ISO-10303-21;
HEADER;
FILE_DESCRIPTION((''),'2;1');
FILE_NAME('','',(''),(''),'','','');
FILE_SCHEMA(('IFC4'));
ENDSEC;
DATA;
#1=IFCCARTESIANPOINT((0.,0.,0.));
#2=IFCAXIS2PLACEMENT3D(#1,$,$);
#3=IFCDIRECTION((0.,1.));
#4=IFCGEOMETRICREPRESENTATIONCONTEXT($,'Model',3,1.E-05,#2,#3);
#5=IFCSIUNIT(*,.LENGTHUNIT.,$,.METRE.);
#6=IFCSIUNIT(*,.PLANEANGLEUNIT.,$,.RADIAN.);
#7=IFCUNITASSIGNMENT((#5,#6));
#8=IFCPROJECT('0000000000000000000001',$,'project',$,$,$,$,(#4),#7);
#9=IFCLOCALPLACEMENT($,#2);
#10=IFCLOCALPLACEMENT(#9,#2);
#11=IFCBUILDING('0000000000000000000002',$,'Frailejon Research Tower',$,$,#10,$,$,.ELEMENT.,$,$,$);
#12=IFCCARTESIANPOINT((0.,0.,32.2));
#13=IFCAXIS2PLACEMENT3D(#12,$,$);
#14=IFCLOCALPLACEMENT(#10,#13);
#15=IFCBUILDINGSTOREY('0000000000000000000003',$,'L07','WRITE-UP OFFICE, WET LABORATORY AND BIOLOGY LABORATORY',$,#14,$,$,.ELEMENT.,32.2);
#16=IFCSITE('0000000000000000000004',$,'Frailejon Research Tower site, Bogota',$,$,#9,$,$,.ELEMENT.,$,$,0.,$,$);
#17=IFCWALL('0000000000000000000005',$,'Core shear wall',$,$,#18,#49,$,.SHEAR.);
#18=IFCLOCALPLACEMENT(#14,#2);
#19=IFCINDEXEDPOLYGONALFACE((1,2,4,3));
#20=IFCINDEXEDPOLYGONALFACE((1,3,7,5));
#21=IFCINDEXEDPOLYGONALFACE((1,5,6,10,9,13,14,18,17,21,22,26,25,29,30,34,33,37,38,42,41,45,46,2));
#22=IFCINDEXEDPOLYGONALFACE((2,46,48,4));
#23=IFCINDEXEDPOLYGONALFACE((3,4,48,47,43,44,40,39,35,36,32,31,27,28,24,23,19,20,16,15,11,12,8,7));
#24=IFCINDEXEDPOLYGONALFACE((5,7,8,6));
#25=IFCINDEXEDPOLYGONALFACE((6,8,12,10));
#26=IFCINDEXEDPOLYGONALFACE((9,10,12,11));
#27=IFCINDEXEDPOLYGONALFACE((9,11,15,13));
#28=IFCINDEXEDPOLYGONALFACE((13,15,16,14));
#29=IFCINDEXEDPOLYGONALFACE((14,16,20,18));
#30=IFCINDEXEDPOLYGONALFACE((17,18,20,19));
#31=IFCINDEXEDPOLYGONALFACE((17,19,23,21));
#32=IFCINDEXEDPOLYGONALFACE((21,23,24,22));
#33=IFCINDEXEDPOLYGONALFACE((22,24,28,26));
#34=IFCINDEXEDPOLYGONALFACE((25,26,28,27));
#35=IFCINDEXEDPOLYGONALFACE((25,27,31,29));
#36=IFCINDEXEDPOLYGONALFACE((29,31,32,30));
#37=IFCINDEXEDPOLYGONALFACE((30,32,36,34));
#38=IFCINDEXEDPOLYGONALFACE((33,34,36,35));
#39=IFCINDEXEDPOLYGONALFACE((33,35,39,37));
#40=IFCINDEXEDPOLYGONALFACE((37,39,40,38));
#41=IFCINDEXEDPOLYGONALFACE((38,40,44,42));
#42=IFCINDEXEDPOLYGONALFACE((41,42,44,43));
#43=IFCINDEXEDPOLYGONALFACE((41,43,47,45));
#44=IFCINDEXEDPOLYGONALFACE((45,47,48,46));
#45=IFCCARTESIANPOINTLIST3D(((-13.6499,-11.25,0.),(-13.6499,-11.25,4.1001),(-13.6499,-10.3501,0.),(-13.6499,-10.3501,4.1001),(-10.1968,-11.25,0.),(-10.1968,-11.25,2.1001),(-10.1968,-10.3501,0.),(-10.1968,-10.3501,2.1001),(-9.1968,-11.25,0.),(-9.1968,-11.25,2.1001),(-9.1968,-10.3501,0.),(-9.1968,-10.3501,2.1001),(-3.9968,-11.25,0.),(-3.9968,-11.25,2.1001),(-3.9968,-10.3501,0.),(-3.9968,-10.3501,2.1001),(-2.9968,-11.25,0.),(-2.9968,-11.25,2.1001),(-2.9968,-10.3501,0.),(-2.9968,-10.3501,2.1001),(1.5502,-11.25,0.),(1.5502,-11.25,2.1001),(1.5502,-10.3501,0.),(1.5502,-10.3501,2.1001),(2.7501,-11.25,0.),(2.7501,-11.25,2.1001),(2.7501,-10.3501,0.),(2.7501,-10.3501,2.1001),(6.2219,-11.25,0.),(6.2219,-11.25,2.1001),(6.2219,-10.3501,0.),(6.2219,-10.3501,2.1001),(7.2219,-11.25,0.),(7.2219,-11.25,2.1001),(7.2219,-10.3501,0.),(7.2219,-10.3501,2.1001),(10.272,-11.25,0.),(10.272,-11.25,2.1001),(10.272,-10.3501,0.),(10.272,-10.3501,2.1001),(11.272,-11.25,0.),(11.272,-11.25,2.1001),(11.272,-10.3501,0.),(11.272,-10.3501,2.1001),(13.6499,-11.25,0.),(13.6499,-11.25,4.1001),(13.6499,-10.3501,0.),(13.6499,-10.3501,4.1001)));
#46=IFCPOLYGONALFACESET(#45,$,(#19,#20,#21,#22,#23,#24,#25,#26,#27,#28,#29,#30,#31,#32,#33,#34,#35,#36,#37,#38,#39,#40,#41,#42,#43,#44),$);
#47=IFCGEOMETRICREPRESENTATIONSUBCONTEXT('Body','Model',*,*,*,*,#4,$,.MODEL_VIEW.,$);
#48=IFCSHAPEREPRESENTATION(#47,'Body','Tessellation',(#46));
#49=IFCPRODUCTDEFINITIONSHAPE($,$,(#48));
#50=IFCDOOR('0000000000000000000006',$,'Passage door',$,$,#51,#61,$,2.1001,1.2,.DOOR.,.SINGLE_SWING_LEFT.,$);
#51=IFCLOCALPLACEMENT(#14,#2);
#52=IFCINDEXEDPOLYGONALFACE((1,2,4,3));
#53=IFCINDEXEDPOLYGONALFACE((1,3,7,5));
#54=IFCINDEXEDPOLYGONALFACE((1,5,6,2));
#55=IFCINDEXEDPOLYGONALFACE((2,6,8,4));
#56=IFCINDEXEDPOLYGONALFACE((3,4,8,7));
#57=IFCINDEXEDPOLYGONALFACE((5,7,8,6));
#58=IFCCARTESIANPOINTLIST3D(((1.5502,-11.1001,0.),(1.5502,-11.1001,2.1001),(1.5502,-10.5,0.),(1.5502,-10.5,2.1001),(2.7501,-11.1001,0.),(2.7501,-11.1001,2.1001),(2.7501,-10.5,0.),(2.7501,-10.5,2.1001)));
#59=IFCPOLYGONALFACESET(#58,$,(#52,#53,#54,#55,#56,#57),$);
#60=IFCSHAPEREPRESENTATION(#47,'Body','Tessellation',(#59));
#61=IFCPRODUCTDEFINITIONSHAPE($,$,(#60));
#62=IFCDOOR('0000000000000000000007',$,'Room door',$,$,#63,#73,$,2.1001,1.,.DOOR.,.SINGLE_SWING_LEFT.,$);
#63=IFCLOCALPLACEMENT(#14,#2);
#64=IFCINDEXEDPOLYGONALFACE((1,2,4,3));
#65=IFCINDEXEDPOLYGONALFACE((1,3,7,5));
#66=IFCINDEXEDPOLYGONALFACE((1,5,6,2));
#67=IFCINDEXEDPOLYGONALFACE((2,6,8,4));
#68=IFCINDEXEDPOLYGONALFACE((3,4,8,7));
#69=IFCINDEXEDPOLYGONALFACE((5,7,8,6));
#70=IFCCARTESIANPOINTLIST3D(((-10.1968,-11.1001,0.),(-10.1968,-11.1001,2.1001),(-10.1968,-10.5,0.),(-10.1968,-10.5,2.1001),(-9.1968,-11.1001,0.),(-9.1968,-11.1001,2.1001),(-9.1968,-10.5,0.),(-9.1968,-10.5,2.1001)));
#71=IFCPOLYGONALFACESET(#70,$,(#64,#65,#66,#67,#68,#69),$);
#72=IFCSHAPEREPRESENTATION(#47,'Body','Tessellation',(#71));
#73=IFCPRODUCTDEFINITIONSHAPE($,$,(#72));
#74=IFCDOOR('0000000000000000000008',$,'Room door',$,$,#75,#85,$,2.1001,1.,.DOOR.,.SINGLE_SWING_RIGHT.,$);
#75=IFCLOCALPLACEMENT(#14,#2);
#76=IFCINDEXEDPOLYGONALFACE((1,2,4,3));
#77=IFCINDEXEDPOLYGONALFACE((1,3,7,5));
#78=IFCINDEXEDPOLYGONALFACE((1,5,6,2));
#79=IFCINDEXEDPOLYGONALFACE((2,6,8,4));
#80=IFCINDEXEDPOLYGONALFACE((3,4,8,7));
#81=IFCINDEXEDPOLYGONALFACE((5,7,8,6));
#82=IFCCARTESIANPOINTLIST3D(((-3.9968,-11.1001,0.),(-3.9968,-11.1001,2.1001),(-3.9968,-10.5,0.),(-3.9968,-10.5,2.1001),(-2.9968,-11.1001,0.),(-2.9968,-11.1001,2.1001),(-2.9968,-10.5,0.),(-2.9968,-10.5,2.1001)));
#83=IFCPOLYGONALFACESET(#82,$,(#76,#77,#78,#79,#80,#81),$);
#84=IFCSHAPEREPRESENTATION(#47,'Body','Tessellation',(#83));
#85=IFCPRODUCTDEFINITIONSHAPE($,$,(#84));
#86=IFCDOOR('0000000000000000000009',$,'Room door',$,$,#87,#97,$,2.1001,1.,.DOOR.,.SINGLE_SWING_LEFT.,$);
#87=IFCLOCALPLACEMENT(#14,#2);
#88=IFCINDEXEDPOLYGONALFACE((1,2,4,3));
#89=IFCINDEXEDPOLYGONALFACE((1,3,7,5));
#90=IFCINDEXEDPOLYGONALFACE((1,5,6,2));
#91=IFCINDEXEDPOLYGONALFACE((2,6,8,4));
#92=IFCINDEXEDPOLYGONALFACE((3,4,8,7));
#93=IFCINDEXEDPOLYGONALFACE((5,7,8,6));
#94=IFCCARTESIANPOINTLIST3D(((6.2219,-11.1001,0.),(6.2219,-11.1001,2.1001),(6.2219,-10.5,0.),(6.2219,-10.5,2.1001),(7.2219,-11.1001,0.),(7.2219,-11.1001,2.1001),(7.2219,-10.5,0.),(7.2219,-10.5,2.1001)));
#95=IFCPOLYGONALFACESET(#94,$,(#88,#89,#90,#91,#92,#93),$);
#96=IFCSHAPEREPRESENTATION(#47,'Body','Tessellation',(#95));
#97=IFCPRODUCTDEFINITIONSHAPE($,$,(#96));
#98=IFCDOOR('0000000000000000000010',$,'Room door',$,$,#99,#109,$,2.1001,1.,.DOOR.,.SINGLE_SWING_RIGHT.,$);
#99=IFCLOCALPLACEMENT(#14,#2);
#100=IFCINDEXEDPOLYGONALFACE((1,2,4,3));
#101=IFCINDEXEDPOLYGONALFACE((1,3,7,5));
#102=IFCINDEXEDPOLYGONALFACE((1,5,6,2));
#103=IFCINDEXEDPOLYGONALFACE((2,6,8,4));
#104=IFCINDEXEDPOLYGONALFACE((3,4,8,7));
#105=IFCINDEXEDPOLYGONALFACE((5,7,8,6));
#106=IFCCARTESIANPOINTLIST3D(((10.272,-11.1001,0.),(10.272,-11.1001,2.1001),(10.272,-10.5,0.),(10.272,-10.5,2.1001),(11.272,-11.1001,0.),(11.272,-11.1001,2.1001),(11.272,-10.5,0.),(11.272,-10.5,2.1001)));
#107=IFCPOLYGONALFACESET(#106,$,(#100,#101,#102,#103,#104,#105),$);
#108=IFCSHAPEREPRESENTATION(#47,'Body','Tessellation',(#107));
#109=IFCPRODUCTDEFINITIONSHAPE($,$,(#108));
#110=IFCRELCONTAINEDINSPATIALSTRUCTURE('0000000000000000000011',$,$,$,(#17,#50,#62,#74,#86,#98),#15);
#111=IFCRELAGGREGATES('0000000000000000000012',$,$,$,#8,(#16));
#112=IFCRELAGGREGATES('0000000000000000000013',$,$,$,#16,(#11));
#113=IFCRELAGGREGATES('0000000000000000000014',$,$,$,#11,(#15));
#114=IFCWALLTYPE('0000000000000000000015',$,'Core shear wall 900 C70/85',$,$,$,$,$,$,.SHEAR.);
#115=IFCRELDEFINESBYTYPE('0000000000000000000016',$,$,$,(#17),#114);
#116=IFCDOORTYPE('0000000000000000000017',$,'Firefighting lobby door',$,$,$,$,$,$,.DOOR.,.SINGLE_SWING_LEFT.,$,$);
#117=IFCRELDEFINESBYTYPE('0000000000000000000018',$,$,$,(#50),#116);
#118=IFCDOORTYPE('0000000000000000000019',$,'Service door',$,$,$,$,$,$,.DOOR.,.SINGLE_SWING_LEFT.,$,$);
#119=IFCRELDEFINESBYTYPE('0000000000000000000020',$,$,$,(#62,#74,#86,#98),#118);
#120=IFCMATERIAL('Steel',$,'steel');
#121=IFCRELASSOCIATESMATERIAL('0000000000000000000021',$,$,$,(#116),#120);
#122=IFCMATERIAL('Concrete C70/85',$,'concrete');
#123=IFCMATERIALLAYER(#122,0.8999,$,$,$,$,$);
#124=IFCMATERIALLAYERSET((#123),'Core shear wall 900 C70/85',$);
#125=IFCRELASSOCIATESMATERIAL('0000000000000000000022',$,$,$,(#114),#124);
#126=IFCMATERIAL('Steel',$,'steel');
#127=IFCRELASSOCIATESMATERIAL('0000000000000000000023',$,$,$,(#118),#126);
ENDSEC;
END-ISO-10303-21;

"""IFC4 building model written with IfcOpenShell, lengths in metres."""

from ifc_helpers import new_model, si_unit, direction, frame, frame_2d, origin, place, context, subcontext, project, spatial, rectangle, extrude, material, layer, layer_set, type_object, element, fill, save


model = new_model("IFC4")

# Units and contexts
model_context = context("Model", 3, precision=1e-05, world=origin(), true_north=direction((0.0, 1.0)))
body_context = subcontext(model_context, "Body", "Model", "MODEL_VIEW")
ifc_project = project(units=[si_unit("LENGTHUNIT", "METRE"), si_unit("PLANEANGLEUNIT", "RADIAN")], contexts=[model_context])

# Site, building, storey
site_placement = place(None, origin())
site = spatial("IfcSite", under=ifc_project, at=site_placement, Name="Frailejon Research Tower site, Bogota", CompositionType="ELEMENT", RefElevation=0.0)
building_placement = place(site_placement, origin())
building = spatial("IfcBuilding", under=site, at=building_placement, Name="Frailejon Research Tower", CompositionType="ELEMENT")
storey_placement = place(building_placement, frame((0.0, 0.0, 32.2)))
storey = spatial("IfcBuildingStorey", under=building, at=storey_placement, Name="L07", Description="WRITE-UP OFFICE, WET LABORATORY AND BIOLOGY LABORATORY", CompositionType="ELEMENT", Elevation=32.2)

# Shared definitions
ifc_material_1 = material(Name="Steel", Category="steel")
door_type_1 = type_object("IfcDoorType", Name="Firefighting lobby door", OperationType="SINGLE_SWING_LEFT", PredefinedType="DOOR", material=ifc_material_1)

# Wall, openings, doors
ifc_material_2 = material(Name="Concrete C70/85", Category="concrete")
ifc_layer_1 = layer(ifc_material_2, 0.8999)
ifc_layer_set_1 = layer_set([ifc_layer_1], Name="Core shear wall 900 C70/85")
wall_type_1 = type_object("IfcWallType", Name="Core shear wall 900 C70/85", PredefinedType="SHEAR", material=ifc_layer_set_1)
wall_1_placement = place(storey_placement, frame((-13.6499, -10.8, 0.0), z_axis=(0.0, 0.0, 1.0), x_axis=(1.0, 0.0, 0.0)))
wall_1 = element("IfcWall", 1, at=wall_1_placement, inside=storey, type_object=wall_type_1, Name="Core shear wall", PredefinedType="SHEAR", context=body_context, shape_type="SweptSolid", body=[
    extrude(rectangle(XDim=27.2998, YDim=0.8999, at=frame_2d((13.6499, 0.0))), origin(), (0.0, 0.0, 1.0), 4.1001),
])
opening_1_placement = place(wall_1_placement, frame((3.4531, 0.0, 0.0)))
opening_1 = element("IfcOpeningElement", 2, at=opening_1_placement, cuts=wall_1, PredefinedType="OPENING", context=body_context, shape_type="SweptSolid", body=[
    extrude(rectangle(XDim=1.0, YDim=2.1001, at=frame_2d((0.5, 1.05))), frame((0.0, 0.46, 0.0), z_axis=(0.0, -1.0, 0.0), x_axis=(1.0, 0.0, 0.0)), (0.0, 0.0, 1.0), 0.9199),
])
opening_2_placement = place(wall_1_placement, frame((9.6531, 0.0, 0.0)))
opening_2 = element("IfcOpeningElement", 3, at=opening_2_placement, cuts=wall_1, PredefinedType="OPENING", context=body_context, shape_type="SweptSolid", body=[
    extrude(rectangle(XDim=1.0, YDim=2.1001, at=frame_2d((0.5, 1.05))), frame((0.0, 0.46, 0.0), z_axis=(0.0, -1.0, 0.0), x_axis=(1.0, 0.0, 0.0)), (0.0, 0.0, 1.0), 0.9199),
])
opening_3_placement = place(wall_1_placement, frame((19.8718, 0.0, 0.0)))
opening_3 = element("IfcOpeningElement", 4, at=opening_3_placement, cuts=wall_1, PredefinedType="OPENING", context=body_context, shape_type="SweptSolid", body=[
    extrude(rectangle(XDim=1.0, YDim=2.1001, at=frame_2d((0.5, 1.05))), frame((0.0, 0.46, 0.0), z_axis=(0.0, -1.0, 0.0), x_axis=(1.0, 0.0, 0.0)), (0.0, 0.0, 1.0), 0.9199),
])
opening_4_placement = place(wall_1_placement, frame((23.9219, 0.0, 0.0)))
opening_4 = element("IfcOpeningElement", 5, at=opening_4_placement, cuts=wall_1, PredefinedType="OPENING", context=body_context, shape_type="SweptSolid", body=[
    extrude(rectangle(XDim=1.0, YDim=2.1001, at=frame_2d((0.5, 1.05))), frame((0.0, 0.46, 0.0), z_axis=(0.0, -1.0, 0.0), x_axis=(1.0, 0.0, 0.0)), (0.0, 0.0, 1.0), 0.9199),
])
opening_5_placement = place(wall_1_placement, frame((15.2, 0.0, 0.0)))
opening_5 = element("IfcOpeningElement", 6, at=opening_5_placement, cuts=wall_1, PredefinedType="OPENING", context=body_context, shape_type="SweptSolid", body=[
    extrude(rectangle(XDim=1.2, YDim=2.1001, at=frame_2d((0.6001, 1.05))), frame((0.0, 0.46, 0.0), z_axis=(0.0, -1.0, 0.0), x_axis=(1.0, 0.0, 0.0)), (0.0, 0.0, 1.0), 0.9199),
])
door_1_placement = place(opening_5_placement, origin())
door_1 = element("IfcDoor", 7, at=door_1_placement, inside=storey, type_object=door_type_1, Name="Passage door", OperationType="SINGLE_SWING_LEFT", OverallHeight=2.1001, OverallWidth=1.2, PredefinedType="DOOR", context=body_context, shape_type="SweptSolid", body=[
    extrude(rectangle(XDim=1.2, YDim=2.1001, at=frame_2d((0.6001, 1.05))), frame((0.0, 0.3, 0.0), z_axis=(0.0, -1.0, 0.0), x_axis=(1.0, 0.0, 0.0)), (0.0, 0.0, 1.0), 0.6001),
])
fill(opening_5, door_1)
ifc_material_3 = material(Name="Steel", Category="steel")
door_type_2 = type_object("IfcDoorType", Name="Service door", OperationType="SINGLE_SWING_LEFT", PredefinedType="DOOR", material=ifc_material_3)
door_2_placement = place(opening_1_placement, origin())
door_2 = element("IfcDoor", 8, at=door_2_placement, inside=storey, type_object=door_type_2, Name="Room door", OperationType="SINGLE_SWING_LEFT", OverallHeight=2.1001, OverallWidth=1.0, PredefinedType="DOOR", context=body_context, shape_type="SweptSolid", body=[
    extrude(rectangle(XDim=1.0, YDim=2.1001, at=frame_2d((0.5, 1.05))), frame((0.0, 0.3, 0.0), z_axis=(0.0, -1.0, 0.0), x_axis=(1.0, 0.0, 0.0)), (0.0, 0.0, 1.0), 0.6001),
])
fill(opening_1, door_2)
door_3_placement = place(opening_2_placement, origin())
door_3 = element("IfcDoor", 9, at=door_3_placement, inside=storey, type_object=door_type_2, Name="Room door", OperationType="SINGLE_SWING_RIGHT", OverallHeight=2.1001, OverallWidth=1.0, PredefinedType="DOOR", context=body_context, shape_type="SweptSolid", body=[
    extrude(rectangle(XDim=1.0, YDim=2.1001, at=frame_2d((0.5, 1.05))), frame((0.0, 0.3, 0.0), z_axis=(0.0, -1.0, 0.0), x_axis=(1.0, 0.0, 0.0)), (0.0, 0.0, 1.0), 0.6001),
])
fill(opening_2, door_3)
door_4_placement = place(opening_3_placement, origin())
door_4 = element("IfcDoor", 10, at=door_4_placement, inside=storey, type_object=door_type_2, Name="Room door", OperationType="SINGLE_SWING_LEFT", OverallHeight=2.1001, OverallWidth=1.0, PredefinedType="DOOR", context=body_context, shape_type="SweptSolid", body=[
    extrude(rectangle(XDim=1.0, YDim=2.1001, at=frame_2d((0.5, 1.05))), frame((0.0, 0.3, 0.0), z_axis=(0.0, -1.0, 0.0), x_axis=(1.0, 0.0, 0.0)), (0.0, 0.0, 1.0), 0.6001),
])
fill(opening_3, door_4)
door_5_placement = place(opening_4_placement, origin())
door_5 = element("IfcDoor", 11, at=door_5_placement, inside=storey, type_object=door_type_2, Name="Room door", OperationType="SINGLE_SWING_RIGHT", OverallHeight=2.1001, OverallWidth=1.0, PredefinedType="DOOR", context=body_context, shape_type="SweptSolid", body=[
    extrude(rectangle(XDim=1.0, YDim=2.1001, at=frame_2d((0.5, 1.05))), frame((0.0, 0.3, 0.0), z_axis=(0.0, -1.0, 0.0), x_axis=(1.0, 0.0, 0.0)), (0.0, 0.0, 1.0), 0.6001),
])
fill(opening_4, door_5)

save(model, "model.ifc")
